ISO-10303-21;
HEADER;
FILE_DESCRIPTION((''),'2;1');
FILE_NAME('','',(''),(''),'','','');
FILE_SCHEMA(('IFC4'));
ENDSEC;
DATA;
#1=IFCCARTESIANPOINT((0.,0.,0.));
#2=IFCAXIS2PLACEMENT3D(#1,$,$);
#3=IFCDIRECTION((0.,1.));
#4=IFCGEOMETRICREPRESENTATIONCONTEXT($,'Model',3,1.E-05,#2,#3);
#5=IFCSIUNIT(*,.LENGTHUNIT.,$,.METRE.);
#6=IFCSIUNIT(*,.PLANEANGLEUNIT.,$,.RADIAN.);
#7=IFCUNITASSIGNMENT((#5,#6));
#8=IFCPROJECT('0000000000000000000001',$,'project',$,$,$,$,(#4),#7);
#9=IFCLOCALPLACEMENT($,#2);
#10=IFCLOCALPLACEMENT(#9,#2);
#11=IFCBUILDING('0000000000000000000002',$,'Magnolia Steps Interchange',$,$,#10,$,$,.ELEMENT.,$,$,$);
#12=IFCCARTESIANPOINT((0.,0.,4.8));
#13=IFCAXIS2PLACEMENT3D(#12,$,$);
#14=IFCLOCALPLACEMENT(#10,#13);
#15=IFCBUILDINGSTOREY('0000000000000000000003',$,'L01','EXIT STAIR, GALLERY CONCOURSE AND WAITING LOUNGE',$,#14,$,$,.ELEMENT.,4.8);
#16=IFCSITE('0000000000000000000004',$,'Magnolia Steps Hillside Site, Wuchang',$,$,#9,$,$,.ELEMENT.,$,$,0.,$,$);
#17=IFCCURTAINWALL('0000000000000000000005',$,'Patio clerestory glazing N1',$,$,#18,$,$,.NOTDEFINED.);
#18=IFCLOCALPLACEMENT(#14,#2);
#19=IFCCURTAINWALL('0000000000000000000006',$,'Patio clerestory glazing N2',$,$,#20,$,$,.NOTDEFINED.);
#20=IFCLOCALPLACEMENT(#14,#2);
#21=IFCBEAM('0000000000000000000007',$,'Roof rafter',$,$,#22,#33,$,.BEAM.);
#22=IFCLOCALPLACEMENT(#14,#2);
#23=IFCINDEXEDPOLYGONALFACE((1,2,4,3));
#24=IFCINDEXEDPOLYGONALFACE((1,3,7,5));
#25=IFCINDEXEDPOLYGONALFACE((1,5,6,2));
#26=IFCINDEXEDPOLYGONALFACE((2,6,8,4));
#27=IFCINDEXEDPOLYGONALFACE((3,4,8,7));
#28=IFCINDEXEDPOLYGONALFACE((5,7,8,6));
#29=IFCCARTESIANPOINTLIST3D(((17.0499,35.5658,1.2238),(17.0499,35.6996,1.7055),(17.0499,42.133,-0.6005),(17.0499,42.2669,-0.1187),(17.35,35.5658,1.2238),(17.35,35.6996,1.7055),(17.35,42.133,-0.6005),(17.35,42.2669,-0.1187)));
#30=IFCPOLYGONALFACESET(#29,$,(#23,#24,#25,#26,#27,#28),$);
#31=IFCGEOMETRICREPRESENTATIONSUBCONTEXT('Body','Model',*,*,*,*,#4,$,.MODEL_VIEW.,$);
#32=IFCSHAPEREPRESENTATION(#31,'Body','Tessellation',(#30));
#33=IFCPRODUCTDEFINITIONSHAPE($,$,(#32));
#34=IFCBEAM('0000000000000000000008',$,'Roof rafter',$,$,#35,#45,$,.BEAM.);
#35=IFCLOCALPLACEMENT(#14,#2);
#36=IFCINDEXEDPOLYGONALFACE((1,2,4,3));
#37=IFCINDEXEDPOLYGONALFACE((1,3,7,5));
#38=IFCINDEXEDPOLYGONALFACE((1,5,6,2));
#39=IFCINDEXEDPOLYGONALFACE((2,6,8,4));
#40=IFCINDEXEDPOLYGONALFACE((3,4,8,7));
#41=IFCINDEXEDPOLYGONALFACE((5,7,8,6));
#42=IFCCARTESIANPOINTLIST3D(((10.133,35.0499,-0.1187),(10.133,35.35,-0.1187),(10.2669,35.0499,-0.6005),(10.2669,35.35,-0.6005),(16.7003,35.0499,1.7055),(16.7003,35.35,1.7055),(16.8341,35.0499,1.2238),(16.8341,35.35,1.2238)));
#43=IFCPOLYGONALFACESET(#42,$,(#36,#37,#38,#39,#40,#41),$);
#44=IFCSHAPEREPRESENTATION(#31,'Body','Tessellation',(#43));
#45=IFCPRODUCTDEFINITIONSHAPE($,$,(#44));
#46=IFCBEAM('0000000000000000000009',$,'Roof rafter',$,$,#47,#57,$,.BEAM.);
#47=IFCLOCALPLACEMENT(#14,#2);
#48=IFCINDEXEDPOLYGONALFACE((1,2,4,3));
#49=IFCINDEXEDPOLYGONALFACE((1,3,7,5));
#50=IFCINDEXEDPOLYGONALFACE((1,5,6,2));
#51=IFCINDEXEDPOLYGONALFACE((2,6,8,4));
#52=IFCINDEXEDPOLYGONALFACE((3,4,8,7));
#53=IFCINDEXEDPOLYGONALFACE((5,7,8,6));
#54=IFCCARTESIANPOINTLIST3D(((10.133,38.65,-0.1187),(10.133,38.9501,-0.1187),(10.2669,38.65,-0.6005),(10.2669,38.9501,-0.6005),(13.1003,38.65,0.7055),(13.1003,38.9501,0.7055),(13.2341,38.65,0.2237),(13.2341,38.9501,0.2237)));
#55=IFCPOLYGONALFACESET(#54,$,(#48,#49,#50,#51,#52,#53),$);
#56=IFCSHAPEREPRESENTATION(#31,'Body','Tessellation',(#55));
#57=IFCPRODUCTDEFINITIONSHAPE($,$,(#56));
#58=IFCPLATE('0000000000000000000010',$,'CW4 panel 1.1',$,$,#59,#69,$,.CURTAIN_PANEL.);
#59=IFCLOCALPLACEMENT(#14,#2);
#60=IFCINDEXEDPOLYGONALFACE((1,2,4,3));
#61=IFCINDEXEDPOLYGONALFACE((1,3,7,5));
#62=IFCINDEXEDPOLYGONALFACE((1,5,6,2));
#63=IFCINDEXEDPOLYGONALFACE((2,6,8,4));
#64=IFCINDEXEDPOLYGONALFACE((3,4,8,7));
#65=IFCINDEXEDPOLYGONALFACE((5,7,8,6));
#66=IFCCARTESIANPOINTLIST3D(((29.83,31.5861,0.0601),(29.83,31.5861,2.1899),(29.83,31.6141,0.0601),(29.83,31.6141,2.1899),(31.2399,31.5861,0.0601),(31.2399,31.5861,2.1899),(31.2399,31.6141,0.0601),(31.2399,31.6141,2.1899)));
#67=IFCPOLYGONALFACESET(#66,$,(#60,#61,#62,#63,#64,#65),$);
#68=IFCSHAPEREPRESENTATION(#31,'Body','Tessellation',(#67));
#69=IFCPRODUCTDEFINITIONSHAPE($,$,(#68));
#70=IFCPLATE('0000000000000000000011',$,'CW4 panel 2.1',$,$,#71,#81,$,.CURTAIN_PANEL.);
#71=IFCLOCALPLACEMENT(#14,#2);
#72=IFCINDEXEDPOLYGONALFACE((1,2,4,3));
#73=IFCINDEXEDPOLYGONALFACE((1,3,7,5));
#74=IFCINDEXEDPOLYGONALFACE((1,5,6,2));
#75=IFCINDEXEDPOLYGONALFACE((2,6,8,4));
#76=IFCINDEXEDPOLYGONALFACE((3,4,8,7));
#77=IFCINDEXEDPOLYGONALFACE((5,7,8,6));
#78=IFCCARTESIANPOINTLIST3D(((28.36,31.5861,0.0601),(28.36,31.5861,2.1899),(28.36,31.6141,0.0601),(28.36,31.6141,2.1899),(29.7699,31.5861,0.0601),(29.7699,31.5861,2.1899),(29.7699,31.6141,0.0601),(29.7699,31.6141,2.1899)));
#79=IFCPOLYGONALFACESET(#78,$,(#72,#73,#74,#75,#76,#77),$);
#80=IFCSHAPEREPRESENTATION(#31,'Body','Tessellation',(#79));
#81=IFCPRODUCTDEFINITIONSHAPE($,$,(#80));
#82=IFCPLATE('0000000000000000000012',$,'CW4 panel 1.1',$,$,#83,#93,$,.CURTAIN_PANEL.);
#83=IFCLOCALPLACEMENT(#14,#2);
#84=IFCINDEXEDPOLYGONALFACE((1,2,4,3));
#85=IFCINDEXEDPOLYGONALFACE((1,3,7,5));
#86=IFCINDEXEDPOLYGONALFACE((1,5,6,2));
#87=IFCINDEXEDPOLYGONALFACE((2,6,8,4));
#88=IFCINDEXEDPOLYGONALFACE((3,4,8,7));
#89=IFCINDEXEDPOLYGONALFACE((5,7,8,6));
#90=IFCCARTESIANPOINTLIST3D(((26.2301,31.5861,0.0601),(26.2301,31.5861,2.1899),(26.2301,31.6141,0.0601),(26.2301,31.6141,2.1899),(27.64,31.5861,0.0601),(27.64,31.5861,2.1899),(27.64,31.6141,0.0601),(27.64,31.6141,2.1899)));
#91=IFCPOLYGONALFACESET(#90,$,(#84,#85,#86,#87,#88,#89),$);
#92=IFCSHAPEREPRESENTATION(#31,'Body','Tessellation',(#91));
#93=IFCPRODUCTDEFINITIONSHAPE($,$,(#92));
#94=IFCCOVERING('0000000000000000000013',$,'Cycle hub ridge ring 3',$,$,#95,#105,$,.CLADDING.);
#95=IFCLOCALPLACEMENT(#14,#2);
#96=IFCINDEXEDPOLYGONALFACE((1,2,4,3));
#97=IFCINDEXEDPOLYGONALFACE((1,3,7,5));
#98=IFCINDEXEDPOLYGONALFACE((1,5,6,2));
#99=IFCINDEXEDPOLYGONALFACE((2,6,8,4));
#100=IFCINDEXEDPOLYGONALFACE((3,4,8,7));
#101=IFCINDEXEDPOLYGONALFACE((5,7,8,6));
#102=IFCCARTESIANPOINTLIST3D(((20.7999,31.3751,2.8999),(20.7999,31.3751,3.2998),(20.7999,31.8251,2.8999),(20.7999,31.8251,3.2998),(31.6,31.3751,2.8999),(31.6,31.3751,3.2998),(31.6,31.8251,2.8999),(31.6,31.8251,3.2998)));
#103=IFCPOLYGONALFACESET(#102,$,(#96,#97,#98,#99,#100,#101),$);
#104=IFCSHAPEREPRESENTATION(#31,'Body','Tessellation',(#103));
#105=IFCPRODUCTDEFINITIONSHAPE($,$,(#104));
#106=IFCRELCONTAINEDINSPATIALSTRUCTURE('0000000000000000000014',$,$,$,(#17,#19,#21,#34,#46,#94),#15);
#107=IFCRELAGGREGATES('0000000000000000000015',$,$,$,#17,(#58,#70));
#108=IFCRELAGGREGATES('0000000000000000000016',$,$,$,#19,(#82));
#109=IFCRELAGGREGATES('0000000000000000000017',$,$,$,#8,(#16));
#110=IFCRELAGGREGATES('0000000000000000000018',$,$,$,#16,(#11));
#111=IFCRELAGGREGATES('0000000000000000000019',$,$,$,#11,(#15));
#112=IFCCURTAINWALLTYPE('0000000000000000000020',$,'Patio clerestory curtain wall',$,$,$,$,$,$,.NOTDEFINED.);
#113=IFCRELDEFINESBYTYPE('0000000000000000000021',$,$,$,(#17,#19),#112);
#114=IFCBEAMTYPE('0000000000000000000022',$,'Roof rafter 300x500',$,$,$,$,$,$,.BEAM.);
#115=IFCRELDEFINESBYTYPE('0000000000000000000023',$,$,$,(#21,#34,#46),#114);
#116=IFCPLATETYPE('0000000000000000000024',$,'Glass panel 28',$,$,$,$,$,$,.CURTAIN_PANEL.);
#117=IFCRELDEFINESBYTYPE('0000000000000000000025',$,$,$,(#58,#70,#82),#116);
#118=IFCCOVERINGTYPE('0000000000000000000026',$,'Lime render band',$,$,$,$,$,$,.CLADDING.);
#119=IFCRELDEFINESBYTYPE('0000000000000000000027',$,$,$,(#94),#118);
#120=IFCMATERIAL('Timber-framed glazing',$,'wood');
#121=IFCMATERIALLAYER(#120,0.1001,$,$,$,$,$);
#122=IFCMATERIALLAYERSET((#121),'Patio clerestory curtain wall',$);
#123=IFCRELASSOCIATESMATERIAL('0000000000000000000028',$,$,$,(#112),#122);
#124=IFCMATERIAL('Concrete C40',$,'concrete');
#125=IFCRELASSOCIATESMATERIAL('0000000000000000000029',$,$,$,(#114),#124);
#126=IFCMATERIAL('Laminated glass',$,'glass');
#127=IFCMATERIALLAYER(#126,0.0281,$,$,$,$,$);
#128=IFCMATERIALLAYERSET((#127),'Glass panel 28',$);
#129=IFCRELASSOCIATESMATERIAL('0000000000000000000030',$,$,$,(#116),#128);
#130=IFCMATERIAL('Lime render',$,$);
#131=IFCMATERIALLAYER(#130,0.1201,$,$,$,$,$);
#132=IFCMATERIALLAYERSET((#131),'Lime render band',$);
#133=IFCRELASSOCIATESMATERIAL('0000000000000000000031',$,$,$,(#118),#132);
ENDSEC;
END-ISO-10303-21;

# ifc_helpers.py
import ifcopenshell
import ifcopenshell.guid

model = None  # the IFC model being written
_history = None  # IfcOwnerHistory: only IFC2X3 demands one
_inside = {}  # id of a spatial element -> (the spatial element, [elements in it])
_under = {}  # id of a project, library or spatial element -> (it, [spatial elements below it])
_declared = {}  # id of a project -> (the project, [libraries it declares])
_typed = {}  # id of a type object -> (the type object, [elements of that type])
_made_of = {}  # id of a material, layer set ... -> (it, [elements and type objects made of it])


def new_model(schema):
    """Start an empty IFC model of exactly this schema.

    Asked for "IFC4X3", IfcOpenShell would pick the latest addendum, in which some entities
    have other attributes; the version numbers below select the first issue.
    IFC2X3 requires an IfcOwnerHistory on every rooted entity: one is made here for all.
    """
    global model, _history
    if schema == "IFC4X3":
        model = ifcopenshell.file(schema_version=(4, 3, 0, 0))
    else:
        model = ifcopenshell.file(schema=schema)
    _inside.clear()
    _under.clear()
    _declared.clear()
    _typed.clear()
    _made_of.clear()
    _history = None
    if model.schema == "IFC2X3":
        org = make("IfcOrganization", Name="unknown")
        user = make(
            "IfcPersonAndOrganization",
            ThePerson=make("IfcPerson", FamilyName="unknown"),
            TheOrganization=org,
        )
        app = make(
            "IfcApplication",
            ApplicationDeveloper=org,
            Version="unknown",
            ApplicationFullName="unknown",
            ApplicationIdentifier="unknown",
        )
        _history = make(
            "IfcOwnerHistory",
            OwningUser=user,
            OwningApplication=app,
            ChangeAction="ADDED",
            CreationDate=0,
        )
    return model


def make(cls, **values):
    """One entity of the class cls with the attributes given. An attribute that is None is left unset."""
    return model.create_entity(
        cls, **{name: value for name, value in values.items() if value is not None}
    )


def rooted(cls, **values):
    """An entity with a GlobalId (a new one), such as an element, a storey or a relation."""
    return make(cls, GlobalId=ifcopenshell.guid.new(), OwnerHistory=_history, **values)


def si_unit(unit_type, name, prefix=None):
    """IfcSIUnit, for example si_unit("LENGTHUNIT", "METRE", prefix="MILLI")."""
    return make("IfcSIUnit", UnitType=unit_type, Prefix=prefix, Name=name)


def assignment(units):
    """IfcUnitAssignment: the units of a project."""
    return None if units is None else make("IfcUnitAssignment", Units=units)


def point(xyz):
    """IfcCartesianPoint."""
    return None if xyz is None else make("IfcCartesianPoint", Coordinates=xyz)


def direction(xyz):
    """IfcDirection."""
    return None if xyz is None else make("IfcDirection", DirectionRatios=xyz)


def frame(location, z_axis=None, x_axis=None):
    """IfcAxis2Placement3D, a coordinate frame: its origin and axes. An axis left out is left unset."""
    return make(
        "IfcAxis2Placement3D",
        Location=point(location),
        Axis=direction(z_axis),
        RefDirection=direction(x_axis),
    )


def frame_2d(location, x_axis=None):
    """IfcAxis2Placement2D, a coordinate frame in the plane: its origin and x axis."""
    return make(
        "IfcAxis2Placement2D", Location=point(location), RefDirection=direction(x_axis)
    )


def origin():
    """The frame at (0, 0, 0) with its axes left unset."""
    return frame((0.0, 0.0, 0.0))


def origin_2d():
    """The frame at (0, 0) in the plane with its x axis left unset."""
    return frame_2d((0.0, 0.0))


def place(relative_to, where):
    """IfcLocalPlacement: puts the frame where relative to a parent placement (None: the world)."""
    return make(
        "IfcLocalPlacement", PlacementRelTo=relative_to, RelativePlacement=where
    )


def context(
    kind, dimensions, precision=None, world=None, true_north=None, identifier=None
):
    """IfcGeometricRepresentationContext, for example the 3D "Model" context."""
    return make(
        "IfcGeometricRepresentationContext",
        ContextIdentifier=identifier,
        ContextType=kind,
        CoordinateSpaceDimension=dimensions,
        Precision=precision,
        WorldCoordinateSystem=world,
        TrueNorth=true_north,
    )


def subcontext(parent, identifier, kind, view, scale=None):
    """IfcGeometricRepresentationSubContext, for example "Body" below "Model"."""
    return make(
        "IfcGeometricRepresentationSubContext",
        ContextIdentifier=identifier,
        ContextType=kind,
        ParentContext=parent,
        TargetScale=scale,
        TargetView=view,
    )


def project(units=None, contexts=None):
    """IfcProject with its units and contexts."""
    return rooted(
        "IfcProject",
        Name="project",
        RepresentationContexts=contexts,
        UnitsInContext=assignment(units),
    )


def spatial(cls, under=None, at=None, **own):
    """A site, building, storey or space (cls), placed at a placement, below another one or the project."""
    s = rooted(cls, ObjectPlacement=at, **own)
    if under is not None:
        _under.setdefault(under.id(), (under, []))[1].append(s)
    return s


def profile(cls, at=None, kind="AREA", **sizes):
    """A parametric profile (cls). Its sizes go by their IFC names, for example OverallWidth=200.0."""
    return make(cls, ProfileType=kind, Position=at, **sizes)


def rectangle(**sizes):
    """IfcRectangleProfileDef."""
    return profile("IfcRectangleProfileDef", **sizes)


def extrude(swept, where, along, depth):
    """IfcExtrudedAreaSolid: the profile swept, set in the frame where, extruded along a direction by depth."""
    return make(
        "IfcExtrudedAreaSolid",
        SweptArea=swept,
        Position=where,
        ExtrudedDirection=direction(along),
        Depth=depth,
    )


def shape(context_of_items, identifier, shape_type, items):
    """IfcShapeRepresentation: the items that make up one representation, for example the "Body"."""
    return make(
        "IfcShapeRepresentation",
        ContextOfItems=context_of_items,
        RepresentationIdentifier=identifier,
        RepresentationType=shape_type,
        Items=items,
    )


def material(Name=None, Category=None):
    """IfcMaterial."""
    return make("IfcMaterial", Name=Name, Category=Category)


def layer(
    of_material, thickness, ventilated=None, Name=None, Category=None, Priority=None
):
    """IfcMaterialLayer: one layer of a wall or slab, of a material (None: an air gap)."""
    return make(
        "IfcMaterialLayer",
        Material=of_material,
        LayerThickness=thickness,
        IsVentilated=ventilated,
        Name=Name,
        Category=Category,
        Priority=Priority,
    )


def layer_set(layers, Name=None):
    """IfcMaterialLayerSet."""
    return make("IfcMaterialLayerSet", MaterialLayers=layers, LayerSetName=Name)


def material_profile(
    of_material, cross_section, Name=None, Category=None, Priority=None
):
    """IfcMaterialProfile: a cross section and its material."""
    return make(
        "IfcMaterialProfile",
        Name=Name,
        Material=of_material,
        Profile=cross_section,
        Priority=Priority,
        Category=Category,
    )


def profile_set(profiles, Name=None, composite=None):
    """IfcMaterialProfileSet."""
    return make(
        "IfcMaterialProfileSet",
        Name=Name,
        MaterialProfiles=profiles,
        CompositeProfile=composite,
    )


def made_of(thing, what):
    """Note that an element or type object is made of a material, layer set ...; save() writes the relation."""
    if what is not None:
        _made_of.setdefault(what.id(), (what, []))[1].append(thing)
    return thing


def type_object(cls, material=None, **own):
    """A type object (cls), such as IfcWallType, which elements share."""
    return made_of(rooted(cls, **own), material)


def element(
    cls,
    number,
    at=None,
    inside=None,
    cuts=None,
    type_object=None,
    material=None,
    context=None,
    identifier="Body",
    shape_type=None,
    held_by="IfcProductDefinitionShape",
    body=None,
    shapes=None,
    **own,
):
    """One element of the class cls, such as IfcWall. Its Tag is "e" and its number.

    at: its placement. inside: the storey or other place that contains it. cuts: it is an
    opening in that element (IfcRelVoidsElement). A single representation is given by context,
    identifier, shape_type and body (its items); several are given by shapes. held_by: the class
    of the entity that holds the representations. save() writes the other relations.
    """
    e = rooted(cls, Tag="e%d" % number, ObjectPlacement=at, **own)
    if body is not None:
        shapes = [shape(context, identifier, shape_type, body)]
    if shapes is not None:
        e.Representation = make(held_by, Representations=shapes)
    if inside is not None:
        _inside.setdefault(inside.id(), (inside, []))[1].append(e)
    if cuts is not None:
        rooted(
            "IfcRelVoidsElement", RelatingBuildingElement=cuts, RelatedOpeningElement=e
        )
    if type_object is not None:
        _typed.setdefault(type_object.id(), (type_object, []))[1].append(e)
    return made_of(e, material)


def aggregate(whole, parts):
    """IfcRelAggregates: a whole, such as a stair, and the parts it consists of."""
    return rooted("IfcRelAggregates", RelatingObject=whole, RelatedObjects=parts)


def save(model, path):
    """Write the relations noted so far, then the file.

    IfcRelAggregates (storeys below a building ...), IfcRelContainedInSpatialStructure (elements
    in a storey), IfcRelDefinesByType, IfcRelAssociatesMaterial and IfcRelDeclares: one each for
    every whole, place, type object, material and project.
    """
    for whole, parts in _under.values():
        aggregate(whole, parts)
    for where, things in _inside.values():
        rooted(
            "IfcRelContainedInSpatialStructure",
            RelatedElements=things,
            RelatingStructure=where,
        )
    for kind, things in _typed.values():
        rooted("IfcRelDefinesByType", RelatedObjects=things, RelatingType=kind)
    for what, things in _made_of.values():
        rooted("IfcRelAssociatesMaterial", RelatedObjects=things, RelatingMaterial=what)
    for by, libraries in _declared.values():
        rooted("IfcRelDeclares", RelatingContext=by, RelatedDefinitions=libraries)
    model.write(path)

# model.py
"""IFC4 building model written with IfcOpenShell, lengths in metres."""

from ifc_helpers import new_model, si_unit, direction, frame, origin, origin_2d, place, context, subcontext, project, spatial, rectangle, extrude, material, layer, layer_set, material_profile, profile_set, type_object, element, aggregate, save


model = new_model("IFC4")

# Units and contexts
model_context = context("Model", 3, precision=1e-05, world=origin(), true_north=direction((0.0, 1.0)))
body_context = subcontext(model_context, "Body", "Model", "MODEL_VIEW")
ifc_project = project(units=[si_unit("LENGTHUNIT", "METRE"), si_unit("PLANEANGLEUNIT", "RADIAN")], contexts=[model_context])

# Site, building, storey
site_placement = place(None, origin())
site = spatial("IfcSite", under=ifc_project, at=site_placement, Name="Magnolia Steps Hillside Site, Wuchang", CompositionType="ELEMENT", RefElevation=0.0)
building_placement = place(site_placement, origin())
building = spatial("IfcBuilding", under=site, at=building_placement, Name="Magnolia Steps Interchange", CompositionType="ELEMENT")
storey_placement = place(building_placement, frame((0.0, 0.0, 4.8)))
storey = spatial("IfcBuildingStorey", under=building, at=storey_placement, Name="L01", Description="EXIT STAIR, GALLERY CONCOURSE AND WAITING LOUNGE", CompositionType="ELEMENT", Elevation=4.8)

# Curtain wall
ifc_material_1 = material(Name="Timber-framed glazing", Category="wood")
ifc_layer_1 = layer(ifc_material_1, 0.1001)
ifc_layer_set_1 = layer_set([ifc_layer_1], Name="Patio clerestory curtain wall")
curtain_wall_type = type_object("IfcCurtainWallType", Name="Patio clerestory curtain wall", PredefinedType="NOTDEFINED", material=ifc_layer_set_1)
curtain_wall_1_placement = place(storey_placement, origin())
curtain_wall_1 = element("IfcCurtainWall", 1, at=curtain_wall_1_placement, inside=storey, type_object=curtain_wall_type, Name="Patio clerestory glazing N1", PredefinedType="NOTDEFINED")

# Curtain wall
curtain_wall_2_placement = place(storey_placement, origin())
curtain_wall_2 = element("IfcCurtainWall", 2, at=curtain_wall_2_placement, inside=storey, type_object=curtain_wall_type, Name="Patio clerestory glazing N2", PredefinedType="NOTDEFINED")

# Beams
ifc_material_2 = material(Name="Concrete C40", Category="concrete")
ifc_material_profile_1 = material_profile(ifc_material_2, rectangle(XDim=0.3, YDim=0.5, at=origin_2d()), Name="RC300x500")
ifc_profile_set_1 = profile_set([ifc_material_profile_1], Name="Concrete C40")
beam_type_1 = type_object("IfcBeamType", Name="Roof rafter 300x500", PredefinedType="BEAM", material=ifc_profile_set_1)
for number, where, z_axis, x_axis, name in (
    (3, (17.2, 42.2, -0.3596), (0.0, -0.963517, 0.267646), (1.0, 0.0, 0.0), "Roof rafter"),
    (4, (10.2, 35.2, -0.3596), (0.963517, 0.0, 0.267646), (0.0, 1.0, 0.0), "Roof rafter"),
):
    element("IfcBeam", number, at=place(storey_placement, frame(where, z_axis=z_axis, x_axis=x_axis)), inside=storey, type_object=beam_type_1, Name=name, PredefinedType="BEAM", context=body_context, shape_type="SweptSolid", body=[
        extrude(rectangle(XDim=0.3, YDim=0.5, at=origin_2d()), origin(), (0.0, 0.0, 1.0), 6.8159),
    ])
beam_1_placement = place(storey_placement, frame((10.2, 38.8, -0.3596), z_axis=(0.96352, 0.0, 0.267636), x_axis=(0.0, 1.0, 0.0)))
element("IfcBeam", 5, at=beam_1_placement, inside=storey, type_object=beam_type_1, Name="Roof rafter", PredefinedType="BEAM", context=body_context, shape_type="SweptSolid", body=[
    extrude(rectangle(XDim=0.3, YDim=0.5, at=origin_2d()), origin(), (0.0, 0.0, 1.0), 3.0796),
])

# Plates
ifc_material_3 = material(Name="Laminated glass", Category="glass")
ifc_layer_2 = layer(ifc_material_3, 0.0281)
ifc_layer_set_2 = layer_set([ifc_layer_2], Name="Glass panel 28")
plate_type = type_object("IfcPlateType", Name="Glass panel 28", PredefinedType="CURTAIN_PANEL", material=ifc_layer_set_2)
plate_1_placement = place(storey_placement, frame((30.5349, 31.6001, 0.0601), z_axis=(0.0, 0.0, 1.0), x_axis=(-1.0, 0.0, 0.0)))
plate_1 = element("IfcPlate", 6, at=plate_1_placement, type_object=plate_type, Name="CW4 panel 1.1", PredefinedType="CURTAIN_PANEL", context=body_context, shape_type="SweptSolid", body=[
    extrude(rectangle(XDim=1.4099, YDim=0.0281, at=origin_2d()), origin(), (0.0, 0.0, 1.0), 2.1299),
])
plate_2_placement = place(storey_placement, frame((29.0649, 31.6001, 0.0601), z_axis=(0.0, 0.0, 1.0), x_axis=(-1.0, 0.0, 0.0)))
plate_2 = element("IfcPlate", 7, at=plate_2_placement, type_object=plate_type, Name="CW4 panel 2.1", PredefinedType="CURTAIN_PANEL", context=body_context, shape_type="SweptSolid", body=[
    extrude(rectangle(XDim=1.4099, YDim=0.0281, at=origin_2d()), origin(), (0.0, 0.0, 1.0), 2.1299),
])
aggregate(curtain_wall_1, [plate_1, plate_2])
plate_3_placement = place(storey_placement, frame((26.9351, 31.6001, 0.0601), z_axis=(0.0, 0.0, 1.0), x_axis=(-1.0, 0.0, 0.0)))
plate_3 = element("IfcPlate", 8, at=plate_3_placement, type_object=plate_type, Name="CW4 panel 1.1", PredefinedType="CURTAIN_PANEL", context=body_context, shape_type="SweptSolid", body=[
    extrude(rectangle(XDim=1.4099, YDim=0.0281, at=origin_2d()), origin(), (0.0, 0.0, 1.0), 2.1299),
])
aggregate(curtain_wall_2, [plate_3])

# Covering
ifc_material_4 = material(Name="Lime render")
ifc_layer_3 = layer(ifc_material_4, 0.1201)
ifc_layer_set_3 = layer_set([ifc_layer_3], Name="Lime render band")
covering_type = type_object("IfcCoveringType", Name="Lime render band", PredefinedType="CLADDING", material=ifc_layer_set_3)
covering_placement = place(storey_placement, frame((26.2, 31.6001, 2.8999), z_axis=(0.0, 0.0, 1.0), x_axis=(1.0, 0.0, 0.0)))
element("IfcCovering", 9, at=covering_placement, inside=storey, type_object=covering_type, Name="Cycle hub ridge ring 3", PredefinedType="CLADDING", context=body_context, shape_type="SweptSolid", body=[
    extrude(rectangle(XDim=10.8, YDim=0.45, at=origin_2d()), origin(), (0.0, 0.0, 1.0), 0.3999),
])

save(model, "model.ifc")
